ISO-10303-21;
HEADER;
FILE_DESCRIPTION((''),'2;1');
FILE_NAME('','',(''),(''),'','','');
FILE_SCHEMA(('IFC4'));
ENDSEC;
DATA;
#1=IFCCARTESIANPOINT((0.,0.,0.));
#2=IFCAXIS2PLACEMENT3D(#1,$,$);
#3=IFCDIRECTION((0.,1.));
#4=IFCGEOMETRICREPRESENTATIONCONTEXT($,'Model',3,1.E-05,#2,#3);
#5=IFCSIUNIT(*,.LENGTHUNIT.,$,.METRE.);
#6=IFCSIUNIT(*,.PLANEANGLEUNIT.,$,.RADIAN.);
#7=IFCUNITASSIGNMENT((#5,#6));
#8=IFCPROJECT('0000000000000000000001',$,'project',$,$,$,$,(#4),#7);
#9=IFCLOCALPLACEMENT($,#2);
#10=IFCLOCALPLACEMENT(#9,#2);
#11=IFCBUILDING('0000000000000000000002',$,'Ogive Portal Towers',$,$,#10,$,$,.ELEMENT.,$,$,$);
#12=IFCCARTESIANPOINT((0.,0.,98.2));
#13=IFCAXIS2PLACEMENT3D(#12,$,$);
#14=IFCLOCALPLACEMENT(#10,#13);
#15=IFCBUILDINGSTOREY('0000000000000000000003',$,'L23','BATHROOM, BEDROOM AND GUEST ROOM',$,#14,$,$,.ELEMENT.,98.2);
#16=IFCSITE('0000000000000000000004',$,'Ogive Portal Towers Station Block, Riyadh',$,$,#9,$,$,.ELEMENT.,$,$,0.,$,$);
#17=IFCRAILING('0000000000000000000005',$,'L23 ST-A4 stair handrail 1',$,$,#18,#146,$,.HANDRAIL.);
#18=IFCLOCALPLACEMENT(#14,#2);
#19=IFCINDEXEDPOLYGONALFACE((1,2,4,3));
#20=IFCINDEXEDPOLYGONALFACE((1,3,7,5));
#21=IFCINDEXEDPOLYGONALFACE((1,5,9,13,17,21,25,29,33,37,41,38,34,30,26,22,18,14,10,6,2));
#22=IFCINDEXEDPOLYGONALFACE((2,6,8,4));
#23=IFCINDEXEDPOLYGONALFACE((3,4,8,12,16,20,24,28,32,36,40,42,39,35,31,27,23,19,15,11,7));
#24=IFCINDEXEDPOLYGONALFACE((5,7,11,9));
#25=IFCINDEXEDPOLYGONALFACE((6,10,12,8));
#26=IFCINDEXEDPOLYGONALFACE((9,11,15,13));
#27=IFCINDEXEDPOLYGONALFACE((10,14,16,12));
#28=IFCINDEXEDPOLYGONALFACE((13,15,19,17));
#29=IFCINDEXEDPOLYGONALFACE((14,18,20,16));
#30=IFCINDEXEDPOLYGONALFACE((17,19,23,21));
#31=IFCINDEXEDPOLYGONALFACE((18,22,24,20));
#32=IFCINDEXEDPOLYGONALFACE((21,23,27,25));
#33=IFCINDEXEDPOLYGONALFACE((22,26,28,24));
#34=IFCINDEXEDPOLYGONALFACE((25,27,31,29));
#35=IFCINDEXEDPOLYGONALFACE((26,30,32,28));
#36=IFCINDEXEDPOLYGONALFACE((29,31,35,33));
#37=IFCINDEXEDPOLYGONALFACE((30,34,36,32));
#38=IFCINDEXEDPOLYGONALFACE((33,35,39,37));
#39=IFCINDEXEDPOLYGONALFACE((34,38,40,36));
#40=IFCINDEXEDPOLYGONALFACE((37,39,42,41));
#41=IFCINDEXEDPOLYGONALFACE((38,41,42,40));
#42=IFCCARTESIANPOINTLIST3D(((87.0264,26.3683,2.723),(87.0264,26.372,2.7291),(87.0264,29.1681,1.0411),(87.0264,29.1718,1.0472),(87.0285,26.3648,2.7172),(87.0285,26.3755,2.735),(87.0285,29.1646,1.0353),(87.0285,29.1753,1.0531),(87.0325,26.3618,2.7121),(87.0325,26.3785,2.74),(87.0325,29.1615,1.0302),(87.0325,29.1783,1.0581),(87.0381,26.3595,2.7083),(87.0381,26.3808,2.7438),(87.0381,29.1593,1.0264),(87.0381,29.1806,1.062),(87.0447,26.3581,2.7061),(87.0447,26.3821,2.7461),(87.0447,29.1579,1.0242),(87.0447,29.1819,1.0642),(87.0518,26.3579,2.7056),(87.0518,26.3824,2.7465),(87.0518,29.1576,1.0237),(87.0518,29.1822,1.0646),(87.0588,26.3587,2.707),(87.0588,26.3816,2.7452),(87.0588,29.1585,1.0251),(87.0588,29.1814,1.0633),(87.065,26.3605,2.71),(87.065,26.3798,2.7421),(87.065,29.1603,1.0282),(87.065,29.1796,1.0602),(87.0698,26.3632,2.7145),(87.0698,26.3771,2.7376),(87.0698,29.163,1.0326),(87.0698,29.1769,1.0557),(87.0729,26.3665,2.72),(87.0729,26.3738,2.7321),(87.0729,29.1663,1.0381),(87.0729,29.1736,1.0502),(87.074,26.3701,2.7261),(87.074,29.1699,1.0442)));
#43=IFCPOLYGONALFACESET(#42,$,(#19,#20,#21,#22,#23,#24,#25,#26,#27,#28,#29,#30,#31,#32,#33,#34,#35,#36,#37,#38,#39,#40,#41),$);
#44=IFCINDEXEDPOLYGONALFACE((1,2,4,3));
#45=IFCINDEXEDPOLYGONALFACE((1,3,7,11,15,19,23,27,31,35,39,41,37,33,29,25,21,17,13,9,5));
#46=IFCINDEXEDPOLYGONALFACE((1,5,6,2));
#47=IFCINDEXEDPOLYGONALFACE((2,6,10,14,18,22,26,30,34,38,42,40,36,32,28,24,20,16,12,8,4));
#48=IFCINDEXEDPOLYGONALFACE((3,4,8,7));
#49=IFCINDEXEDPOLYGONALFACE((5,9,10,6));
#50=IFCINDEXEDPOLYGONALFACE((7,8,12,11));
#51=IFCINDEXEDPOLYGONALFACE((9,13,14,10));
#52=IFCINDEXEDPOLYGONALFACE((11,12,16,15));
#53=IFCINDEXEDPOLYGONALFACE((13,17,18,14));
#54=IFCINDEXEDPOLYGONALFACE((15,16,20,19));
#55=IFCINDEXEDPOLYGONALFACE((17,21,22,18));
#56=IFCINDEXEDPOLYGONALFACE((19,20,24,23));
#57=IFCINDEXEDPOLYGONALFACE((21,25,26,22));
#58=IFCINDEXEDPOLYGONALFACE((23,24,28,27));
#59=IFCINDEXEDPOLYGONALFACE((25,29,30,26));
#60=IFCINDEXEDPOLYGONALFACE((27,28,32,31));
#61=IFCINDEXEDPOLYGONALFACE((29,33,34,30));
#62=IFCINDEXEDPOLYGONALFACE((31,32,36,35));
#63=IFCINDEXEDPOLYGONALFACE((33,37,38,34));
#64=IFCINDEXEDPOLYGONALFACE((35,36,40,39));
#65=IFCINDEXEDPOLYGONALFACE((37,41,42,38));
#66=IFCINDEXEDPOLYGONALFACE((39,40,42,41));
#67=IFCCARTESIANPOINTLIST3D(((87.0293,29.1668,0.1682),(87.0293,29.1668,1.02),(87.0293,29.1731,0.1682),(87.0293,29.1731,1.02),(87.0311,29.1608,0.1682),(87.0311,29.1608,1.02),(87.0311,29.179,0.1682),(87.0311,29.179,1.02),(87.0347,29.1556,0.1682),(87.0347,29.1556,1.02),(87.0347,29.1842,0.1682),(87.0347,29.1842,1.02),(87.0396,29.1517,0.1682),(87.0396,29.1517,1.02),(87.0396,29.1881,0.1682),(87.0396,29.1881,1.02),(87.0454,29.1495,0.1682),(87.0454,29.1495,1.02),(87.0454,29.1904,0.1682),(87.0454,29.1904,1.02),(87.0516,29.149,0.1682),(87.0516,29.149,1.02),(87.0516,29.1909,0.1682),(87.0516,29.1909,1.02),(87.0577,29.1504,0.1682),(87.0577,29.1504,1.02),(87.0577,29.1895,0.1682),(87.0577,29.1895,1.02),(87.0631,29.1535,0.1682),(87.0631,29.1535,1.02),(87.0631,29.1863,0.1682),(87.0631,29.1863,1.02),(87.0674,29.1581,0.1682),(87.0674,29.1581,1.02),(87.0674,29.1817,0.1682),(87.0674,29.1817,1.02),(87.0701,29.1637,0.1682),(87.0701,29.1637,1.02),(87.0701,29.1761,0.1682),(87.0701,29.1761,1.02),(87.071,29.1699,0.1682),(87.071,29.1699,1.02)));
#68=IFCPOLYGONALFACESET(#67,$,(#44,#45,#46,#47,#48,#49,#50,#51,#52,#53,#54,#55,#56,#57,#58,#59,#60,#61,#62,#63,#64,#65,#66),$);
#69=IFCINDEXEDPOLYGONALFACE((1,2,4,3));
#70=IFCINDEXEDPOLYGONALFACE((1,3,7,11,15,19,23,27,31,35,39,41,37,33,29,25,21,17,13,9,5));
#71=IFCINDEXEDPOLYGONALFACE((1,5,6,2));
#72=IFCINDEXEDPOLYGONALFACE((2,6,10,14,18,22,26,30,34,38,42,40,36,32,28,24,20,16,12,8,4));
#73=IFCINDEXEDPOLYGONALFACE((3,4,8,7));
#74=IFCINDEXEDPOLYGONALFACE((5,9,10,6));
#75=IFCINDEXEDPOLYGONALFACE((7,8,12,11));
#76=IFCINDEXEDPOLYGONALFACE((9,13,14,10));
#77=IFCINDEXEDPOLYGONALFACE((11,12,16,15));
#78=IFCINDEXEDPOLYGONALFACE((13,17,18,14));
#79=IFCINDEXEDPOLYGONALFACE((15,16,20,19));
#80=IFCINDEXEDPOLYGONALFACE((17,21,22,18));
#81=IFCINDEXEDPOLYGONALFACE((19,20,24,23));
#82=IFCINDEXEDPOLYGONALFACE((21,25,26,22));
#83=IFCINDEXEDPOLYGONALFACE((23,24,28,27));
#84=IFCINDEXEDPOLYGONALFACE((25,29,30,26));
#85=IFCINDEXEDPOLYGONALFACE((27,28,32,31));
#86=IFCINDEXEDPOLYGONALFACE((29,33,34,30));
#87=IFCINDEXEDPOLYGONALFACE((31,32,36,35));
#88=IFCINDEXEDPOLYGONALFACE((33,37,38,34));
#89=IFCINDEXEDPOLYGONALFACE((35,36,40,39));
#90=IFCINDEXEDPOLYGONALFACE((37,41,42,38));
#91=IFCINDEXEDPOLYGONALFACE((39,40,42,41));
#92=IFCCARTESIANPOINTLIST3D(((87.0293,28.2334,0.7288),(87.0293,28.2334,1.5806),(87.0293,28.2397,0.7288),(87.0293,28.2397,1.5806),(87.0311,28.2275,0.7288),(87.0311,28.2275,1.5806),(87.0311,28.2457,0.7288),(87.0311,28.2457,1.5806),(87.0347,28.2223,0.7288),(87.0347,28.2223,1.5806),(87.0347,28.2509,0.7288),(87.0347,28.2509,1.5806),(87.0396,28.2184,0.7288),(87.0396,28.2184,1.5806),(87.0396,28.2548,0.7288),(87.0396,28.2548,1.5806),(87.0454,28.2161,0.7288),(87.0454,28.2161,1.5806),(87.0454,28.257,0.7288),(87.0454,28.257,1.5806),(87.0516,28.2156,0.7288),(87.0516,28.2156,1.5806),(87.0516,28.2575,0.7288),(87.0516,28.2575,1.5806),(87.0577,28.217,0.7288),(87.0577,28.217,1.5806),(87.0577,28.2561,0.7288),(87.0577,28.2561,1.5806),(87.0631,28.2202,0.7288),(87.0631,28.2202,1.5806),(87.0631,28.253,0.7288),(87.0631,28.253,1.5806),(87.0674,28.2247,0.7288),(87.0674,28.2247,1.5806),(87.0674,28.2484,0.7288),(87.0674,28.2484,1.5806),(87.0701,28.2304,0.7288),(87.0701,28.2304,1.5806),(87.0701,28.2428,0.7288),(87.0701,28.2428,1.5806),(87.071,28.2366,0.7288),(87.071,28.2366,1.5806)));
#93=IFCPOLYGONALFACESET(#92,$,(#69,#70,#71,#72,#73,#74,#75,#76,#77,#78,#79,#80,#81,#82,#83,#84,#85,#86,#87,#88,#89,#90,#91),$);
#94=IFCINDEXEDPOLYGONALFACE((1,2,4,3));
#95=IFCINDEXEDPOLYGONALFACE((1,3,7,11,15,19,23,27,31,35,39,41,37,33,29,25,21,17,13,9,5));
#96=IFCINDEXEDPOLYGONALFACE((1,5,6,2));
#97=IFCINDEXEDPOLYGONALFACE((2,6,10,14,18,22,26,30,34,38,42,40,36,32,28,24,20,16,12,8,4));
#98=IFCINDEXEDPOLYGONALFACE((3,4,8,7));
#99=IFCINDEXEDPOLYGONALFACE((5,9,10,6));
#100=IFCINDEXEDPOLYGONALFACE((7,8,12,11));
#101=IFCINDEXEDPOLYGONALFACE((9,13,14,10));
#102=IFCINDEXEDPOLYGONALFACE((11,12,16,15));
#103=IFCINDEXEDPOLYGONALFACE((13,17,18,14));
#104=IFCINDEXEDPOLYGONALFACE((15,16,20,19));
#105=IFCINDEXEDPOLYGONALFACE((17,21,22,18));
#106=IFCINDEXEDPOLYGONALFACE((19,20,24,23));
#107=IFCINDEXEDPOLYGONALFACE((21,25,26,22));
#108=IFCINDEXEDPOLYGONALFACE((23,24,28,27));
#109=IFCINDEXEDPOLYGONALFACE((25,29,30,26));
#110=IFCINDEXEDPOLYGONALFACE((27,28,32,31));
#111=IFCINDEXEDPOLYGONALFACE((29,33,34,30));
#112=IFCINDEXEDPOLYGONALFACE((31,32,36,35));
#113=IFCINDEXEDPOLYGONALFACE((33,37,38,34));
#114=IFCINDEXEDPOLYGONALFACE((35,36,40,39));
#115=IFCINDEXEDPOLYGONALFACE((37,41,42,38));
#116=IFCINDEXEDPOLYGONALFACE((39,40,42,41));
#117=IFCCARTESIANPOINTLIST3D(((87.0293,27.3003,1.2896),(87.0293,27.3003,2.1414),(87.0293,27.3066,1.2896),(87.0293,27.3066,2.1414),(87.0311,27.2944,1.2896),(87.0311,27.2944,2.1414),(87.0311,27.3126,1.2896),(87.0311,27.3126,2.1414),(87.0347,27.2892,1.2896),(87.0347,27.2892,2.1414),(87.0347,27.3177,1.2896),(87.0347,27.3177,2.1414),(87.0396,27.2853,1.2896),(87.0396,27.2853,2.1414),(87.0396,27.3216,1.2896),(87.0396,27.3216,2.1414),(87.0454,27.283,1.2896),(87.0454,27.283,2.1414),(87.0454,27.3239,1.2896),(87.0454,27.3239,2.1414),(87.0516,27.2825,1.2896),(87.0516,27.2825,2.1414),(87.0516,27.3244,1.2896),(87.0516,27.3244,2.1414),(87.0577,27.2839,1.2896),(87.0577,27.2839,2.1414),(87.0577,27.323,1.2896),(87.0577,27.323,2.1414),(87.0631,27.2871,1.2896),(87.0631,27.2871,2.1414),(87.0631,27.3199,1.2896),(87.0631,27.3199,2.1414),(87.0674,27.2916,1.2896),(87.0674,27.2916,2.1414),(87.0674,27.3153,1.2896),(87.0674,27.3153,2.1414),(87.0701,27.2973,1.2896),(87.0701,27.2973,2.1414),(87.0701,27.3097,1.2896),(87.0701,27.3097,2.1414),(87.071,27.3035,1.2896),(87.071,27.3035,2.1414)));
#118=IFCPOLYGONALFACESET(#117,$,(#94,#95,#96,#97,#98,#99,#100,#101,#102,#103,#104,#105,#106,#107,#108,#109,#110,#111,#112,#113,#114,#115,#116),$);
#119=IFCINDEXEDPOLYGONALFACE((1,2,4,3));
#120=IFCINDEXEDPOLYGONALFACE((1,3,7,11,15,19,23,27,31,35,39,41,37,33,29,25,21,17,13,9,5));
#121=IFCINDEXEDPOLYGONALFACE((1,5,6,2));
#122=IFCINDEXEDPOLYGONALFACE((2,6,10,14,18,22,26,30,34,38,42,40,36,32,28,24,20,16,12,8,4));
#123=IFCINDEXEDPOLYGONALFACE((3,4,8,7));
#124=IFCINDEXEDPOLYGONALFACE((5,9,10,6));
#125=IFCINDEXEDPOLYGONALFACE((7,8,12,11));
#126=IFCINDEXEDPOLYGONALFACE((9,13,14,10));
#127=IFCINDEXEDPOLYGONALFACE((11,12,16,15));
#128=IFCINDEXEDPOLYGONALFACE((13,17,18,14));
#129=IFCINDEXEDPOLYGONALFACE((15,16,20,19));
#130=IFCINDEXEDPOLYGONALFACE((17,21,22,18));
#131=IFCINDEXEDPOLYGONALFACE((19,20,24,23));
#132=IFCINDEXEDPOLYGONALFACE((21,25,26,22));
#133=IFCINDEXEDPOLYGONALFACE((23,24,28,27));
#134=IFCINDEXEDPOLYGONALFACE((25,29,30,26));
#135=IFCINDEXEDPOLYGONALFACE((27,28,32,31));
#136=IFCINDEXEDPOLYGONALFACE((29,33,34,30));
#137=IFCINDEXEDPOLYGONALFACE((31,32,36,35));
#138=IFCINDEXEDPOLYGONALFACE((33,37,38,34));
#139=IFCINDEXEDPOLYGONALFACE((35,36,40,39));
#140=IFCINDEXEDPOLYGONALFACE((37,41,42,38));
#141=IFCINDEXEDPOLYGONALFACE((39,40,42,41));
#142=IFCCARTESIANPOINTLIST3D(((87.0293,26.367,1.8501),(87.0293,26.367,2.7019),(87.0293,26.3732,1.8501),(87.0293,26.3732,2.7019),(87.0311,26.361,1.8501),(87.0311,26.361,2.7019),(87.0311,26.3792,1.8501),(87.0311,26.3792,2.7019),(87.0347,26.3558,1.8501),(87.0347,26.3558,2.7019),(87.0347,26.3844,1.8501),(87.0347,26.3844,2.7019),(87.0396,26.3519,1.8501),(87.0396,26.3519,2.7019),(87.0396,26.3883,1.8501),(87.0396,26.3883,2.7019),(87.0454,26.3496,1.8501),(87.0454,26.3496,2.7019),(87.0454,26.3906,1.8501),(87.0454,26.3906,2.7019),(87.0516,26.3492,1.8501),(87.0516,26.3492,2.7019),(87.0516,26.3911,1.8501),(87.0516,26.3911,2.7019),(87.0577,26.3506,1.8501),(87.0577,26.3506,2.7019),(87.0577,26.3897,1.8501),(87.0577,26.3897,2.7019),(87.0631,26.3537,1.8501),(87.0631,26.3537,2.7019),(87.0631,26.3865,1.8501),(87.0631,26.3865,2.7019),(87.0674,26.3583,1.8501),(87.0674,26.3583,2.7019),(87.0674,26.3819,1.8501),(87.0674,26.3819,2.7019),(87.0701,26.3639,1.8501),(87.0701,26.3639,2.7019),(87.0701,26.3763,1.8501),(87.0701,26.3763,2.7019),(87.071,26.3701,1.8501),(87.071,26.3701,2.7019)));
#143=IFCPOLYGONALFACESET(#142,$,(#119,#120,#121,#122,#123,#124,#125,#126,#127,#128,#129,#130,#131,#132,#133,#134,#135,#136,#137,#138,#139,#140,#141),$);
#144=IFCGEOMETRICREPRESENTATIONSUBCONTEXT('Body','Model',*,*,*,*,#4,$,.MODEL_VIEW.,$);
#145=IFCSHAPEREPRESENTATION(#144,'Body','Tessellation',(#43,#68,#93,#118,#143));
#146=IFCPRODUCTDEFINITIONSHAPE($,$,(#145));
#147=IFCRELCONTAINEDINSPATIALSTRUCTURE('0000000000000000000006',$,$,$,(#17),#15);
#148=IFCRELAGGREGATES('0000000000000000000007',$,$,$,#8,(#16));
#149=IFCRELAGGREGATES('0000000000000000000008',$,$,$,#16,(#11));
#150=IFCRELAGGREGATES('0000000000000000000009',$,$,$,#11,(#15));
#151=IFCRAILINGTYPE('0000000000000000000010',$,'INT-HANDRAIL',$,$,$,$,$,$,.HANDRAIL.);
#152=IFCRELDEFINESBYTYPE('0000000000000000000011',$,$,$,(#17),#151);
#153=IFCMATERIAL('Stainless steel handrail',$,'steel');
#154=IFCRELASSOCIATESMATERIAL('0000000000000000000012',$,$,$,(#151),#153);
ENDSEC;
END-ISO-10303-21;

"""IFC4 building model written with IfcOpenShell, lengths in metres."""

from ifc_helpers import new_model, si_unit, direction, frame, origin, origin_2d, place, context, subcontext, project, spatial, circle, extrude, material, type_object, element, save


model = new_model("IFC4")

# Units and contexts
model_context = context("Model", 3, precision=1e-05, world=origin(), true_north=direction((0.0, 1.0)))
body_context = subcontext(model_context, "Body", "Model", "MODEL_VIEW")
ifc_project = project(units=[si_unit("LENGTHUNIT", "METRE"), si_unit("PLANEANGLEUNIT", "RADIAN")], contexts=[model_context])

# Site, building, storey
site_placement = place(None, origin())
site = spatial("IfcSite", under=ifc_project, at=site_placement, Name="Ogive Portal Towers Station Block, Riyadh", CompositionType="ELEMENT", RefElevation=0.0)
building_placement = place(site_placement, origin())
building = spatial("IfcBuilding", under=site, at=building_placement, Name="Ogive Portal Towers", CompositionType="ELEMENT")
storey_placement = place(building_placement, frame((0.0, 0.0, 98.2)))
storey = spatial("IfcBuildingStorey", under=building, at=storey_placement, Name="L23", Description="BATHROOM, BEDROOM AND GUEST ROOM", CompositionType="ELEMENT", Elevation=98.2)

# Railing
ifc_material_1 = material(Name="Stainless steel handrail", Category="steel")
railing_type_1 = type_object("IfcRailingType", Name="INT-HANDRAIL", PredefinedType="HANDRAIL", material=ifc_material_1)
railing_1_placement = place(storey_placement, frame((87.05, 29.1699, 0.1682)))
element("IfcRailing", 1, at=railing_1_placement, inside=storey, type_object=railing_type_1, Name="L23 ST-A4 stair handrail 1", PredefinedType="HANDRAIL", context=body_context, shape_type="SweptSolid", body=[
    extrude(circle(Radius=0.0239, at=origin_2d()), frame((0.0, 0.0, 0.876), z_axis=(0.0, -0.857222, 0.514946), x_axis=(1.0, 0.0, 0.0)), (0.0, 0.0, 1.0), 3.2661),
    extrude(circle(Radius=0.021, at=origin_2d()), origin(), (0.0, 0.0, 1.0), 0.8518),
    extrude(circle(Radius=0.021, at=origin_2d()), frame((0.0, -0.9333, 0.5605)), (0.0, 0.0, 1.0), 0.8518),
    extrude(circle(Radius=0.021, at=origin_2d()), frame((0.0, -1.8665, 1.1213)), (0.0, 0.0, 1.0), 0.8518),
    extrude(circle(Radius=0.021, at=origin_2d()), frame((0.0, -2.7998, 1.6819)), (0.0, 0.0, 1.0), 0.8518),
])

save(model, "model.ifc")
